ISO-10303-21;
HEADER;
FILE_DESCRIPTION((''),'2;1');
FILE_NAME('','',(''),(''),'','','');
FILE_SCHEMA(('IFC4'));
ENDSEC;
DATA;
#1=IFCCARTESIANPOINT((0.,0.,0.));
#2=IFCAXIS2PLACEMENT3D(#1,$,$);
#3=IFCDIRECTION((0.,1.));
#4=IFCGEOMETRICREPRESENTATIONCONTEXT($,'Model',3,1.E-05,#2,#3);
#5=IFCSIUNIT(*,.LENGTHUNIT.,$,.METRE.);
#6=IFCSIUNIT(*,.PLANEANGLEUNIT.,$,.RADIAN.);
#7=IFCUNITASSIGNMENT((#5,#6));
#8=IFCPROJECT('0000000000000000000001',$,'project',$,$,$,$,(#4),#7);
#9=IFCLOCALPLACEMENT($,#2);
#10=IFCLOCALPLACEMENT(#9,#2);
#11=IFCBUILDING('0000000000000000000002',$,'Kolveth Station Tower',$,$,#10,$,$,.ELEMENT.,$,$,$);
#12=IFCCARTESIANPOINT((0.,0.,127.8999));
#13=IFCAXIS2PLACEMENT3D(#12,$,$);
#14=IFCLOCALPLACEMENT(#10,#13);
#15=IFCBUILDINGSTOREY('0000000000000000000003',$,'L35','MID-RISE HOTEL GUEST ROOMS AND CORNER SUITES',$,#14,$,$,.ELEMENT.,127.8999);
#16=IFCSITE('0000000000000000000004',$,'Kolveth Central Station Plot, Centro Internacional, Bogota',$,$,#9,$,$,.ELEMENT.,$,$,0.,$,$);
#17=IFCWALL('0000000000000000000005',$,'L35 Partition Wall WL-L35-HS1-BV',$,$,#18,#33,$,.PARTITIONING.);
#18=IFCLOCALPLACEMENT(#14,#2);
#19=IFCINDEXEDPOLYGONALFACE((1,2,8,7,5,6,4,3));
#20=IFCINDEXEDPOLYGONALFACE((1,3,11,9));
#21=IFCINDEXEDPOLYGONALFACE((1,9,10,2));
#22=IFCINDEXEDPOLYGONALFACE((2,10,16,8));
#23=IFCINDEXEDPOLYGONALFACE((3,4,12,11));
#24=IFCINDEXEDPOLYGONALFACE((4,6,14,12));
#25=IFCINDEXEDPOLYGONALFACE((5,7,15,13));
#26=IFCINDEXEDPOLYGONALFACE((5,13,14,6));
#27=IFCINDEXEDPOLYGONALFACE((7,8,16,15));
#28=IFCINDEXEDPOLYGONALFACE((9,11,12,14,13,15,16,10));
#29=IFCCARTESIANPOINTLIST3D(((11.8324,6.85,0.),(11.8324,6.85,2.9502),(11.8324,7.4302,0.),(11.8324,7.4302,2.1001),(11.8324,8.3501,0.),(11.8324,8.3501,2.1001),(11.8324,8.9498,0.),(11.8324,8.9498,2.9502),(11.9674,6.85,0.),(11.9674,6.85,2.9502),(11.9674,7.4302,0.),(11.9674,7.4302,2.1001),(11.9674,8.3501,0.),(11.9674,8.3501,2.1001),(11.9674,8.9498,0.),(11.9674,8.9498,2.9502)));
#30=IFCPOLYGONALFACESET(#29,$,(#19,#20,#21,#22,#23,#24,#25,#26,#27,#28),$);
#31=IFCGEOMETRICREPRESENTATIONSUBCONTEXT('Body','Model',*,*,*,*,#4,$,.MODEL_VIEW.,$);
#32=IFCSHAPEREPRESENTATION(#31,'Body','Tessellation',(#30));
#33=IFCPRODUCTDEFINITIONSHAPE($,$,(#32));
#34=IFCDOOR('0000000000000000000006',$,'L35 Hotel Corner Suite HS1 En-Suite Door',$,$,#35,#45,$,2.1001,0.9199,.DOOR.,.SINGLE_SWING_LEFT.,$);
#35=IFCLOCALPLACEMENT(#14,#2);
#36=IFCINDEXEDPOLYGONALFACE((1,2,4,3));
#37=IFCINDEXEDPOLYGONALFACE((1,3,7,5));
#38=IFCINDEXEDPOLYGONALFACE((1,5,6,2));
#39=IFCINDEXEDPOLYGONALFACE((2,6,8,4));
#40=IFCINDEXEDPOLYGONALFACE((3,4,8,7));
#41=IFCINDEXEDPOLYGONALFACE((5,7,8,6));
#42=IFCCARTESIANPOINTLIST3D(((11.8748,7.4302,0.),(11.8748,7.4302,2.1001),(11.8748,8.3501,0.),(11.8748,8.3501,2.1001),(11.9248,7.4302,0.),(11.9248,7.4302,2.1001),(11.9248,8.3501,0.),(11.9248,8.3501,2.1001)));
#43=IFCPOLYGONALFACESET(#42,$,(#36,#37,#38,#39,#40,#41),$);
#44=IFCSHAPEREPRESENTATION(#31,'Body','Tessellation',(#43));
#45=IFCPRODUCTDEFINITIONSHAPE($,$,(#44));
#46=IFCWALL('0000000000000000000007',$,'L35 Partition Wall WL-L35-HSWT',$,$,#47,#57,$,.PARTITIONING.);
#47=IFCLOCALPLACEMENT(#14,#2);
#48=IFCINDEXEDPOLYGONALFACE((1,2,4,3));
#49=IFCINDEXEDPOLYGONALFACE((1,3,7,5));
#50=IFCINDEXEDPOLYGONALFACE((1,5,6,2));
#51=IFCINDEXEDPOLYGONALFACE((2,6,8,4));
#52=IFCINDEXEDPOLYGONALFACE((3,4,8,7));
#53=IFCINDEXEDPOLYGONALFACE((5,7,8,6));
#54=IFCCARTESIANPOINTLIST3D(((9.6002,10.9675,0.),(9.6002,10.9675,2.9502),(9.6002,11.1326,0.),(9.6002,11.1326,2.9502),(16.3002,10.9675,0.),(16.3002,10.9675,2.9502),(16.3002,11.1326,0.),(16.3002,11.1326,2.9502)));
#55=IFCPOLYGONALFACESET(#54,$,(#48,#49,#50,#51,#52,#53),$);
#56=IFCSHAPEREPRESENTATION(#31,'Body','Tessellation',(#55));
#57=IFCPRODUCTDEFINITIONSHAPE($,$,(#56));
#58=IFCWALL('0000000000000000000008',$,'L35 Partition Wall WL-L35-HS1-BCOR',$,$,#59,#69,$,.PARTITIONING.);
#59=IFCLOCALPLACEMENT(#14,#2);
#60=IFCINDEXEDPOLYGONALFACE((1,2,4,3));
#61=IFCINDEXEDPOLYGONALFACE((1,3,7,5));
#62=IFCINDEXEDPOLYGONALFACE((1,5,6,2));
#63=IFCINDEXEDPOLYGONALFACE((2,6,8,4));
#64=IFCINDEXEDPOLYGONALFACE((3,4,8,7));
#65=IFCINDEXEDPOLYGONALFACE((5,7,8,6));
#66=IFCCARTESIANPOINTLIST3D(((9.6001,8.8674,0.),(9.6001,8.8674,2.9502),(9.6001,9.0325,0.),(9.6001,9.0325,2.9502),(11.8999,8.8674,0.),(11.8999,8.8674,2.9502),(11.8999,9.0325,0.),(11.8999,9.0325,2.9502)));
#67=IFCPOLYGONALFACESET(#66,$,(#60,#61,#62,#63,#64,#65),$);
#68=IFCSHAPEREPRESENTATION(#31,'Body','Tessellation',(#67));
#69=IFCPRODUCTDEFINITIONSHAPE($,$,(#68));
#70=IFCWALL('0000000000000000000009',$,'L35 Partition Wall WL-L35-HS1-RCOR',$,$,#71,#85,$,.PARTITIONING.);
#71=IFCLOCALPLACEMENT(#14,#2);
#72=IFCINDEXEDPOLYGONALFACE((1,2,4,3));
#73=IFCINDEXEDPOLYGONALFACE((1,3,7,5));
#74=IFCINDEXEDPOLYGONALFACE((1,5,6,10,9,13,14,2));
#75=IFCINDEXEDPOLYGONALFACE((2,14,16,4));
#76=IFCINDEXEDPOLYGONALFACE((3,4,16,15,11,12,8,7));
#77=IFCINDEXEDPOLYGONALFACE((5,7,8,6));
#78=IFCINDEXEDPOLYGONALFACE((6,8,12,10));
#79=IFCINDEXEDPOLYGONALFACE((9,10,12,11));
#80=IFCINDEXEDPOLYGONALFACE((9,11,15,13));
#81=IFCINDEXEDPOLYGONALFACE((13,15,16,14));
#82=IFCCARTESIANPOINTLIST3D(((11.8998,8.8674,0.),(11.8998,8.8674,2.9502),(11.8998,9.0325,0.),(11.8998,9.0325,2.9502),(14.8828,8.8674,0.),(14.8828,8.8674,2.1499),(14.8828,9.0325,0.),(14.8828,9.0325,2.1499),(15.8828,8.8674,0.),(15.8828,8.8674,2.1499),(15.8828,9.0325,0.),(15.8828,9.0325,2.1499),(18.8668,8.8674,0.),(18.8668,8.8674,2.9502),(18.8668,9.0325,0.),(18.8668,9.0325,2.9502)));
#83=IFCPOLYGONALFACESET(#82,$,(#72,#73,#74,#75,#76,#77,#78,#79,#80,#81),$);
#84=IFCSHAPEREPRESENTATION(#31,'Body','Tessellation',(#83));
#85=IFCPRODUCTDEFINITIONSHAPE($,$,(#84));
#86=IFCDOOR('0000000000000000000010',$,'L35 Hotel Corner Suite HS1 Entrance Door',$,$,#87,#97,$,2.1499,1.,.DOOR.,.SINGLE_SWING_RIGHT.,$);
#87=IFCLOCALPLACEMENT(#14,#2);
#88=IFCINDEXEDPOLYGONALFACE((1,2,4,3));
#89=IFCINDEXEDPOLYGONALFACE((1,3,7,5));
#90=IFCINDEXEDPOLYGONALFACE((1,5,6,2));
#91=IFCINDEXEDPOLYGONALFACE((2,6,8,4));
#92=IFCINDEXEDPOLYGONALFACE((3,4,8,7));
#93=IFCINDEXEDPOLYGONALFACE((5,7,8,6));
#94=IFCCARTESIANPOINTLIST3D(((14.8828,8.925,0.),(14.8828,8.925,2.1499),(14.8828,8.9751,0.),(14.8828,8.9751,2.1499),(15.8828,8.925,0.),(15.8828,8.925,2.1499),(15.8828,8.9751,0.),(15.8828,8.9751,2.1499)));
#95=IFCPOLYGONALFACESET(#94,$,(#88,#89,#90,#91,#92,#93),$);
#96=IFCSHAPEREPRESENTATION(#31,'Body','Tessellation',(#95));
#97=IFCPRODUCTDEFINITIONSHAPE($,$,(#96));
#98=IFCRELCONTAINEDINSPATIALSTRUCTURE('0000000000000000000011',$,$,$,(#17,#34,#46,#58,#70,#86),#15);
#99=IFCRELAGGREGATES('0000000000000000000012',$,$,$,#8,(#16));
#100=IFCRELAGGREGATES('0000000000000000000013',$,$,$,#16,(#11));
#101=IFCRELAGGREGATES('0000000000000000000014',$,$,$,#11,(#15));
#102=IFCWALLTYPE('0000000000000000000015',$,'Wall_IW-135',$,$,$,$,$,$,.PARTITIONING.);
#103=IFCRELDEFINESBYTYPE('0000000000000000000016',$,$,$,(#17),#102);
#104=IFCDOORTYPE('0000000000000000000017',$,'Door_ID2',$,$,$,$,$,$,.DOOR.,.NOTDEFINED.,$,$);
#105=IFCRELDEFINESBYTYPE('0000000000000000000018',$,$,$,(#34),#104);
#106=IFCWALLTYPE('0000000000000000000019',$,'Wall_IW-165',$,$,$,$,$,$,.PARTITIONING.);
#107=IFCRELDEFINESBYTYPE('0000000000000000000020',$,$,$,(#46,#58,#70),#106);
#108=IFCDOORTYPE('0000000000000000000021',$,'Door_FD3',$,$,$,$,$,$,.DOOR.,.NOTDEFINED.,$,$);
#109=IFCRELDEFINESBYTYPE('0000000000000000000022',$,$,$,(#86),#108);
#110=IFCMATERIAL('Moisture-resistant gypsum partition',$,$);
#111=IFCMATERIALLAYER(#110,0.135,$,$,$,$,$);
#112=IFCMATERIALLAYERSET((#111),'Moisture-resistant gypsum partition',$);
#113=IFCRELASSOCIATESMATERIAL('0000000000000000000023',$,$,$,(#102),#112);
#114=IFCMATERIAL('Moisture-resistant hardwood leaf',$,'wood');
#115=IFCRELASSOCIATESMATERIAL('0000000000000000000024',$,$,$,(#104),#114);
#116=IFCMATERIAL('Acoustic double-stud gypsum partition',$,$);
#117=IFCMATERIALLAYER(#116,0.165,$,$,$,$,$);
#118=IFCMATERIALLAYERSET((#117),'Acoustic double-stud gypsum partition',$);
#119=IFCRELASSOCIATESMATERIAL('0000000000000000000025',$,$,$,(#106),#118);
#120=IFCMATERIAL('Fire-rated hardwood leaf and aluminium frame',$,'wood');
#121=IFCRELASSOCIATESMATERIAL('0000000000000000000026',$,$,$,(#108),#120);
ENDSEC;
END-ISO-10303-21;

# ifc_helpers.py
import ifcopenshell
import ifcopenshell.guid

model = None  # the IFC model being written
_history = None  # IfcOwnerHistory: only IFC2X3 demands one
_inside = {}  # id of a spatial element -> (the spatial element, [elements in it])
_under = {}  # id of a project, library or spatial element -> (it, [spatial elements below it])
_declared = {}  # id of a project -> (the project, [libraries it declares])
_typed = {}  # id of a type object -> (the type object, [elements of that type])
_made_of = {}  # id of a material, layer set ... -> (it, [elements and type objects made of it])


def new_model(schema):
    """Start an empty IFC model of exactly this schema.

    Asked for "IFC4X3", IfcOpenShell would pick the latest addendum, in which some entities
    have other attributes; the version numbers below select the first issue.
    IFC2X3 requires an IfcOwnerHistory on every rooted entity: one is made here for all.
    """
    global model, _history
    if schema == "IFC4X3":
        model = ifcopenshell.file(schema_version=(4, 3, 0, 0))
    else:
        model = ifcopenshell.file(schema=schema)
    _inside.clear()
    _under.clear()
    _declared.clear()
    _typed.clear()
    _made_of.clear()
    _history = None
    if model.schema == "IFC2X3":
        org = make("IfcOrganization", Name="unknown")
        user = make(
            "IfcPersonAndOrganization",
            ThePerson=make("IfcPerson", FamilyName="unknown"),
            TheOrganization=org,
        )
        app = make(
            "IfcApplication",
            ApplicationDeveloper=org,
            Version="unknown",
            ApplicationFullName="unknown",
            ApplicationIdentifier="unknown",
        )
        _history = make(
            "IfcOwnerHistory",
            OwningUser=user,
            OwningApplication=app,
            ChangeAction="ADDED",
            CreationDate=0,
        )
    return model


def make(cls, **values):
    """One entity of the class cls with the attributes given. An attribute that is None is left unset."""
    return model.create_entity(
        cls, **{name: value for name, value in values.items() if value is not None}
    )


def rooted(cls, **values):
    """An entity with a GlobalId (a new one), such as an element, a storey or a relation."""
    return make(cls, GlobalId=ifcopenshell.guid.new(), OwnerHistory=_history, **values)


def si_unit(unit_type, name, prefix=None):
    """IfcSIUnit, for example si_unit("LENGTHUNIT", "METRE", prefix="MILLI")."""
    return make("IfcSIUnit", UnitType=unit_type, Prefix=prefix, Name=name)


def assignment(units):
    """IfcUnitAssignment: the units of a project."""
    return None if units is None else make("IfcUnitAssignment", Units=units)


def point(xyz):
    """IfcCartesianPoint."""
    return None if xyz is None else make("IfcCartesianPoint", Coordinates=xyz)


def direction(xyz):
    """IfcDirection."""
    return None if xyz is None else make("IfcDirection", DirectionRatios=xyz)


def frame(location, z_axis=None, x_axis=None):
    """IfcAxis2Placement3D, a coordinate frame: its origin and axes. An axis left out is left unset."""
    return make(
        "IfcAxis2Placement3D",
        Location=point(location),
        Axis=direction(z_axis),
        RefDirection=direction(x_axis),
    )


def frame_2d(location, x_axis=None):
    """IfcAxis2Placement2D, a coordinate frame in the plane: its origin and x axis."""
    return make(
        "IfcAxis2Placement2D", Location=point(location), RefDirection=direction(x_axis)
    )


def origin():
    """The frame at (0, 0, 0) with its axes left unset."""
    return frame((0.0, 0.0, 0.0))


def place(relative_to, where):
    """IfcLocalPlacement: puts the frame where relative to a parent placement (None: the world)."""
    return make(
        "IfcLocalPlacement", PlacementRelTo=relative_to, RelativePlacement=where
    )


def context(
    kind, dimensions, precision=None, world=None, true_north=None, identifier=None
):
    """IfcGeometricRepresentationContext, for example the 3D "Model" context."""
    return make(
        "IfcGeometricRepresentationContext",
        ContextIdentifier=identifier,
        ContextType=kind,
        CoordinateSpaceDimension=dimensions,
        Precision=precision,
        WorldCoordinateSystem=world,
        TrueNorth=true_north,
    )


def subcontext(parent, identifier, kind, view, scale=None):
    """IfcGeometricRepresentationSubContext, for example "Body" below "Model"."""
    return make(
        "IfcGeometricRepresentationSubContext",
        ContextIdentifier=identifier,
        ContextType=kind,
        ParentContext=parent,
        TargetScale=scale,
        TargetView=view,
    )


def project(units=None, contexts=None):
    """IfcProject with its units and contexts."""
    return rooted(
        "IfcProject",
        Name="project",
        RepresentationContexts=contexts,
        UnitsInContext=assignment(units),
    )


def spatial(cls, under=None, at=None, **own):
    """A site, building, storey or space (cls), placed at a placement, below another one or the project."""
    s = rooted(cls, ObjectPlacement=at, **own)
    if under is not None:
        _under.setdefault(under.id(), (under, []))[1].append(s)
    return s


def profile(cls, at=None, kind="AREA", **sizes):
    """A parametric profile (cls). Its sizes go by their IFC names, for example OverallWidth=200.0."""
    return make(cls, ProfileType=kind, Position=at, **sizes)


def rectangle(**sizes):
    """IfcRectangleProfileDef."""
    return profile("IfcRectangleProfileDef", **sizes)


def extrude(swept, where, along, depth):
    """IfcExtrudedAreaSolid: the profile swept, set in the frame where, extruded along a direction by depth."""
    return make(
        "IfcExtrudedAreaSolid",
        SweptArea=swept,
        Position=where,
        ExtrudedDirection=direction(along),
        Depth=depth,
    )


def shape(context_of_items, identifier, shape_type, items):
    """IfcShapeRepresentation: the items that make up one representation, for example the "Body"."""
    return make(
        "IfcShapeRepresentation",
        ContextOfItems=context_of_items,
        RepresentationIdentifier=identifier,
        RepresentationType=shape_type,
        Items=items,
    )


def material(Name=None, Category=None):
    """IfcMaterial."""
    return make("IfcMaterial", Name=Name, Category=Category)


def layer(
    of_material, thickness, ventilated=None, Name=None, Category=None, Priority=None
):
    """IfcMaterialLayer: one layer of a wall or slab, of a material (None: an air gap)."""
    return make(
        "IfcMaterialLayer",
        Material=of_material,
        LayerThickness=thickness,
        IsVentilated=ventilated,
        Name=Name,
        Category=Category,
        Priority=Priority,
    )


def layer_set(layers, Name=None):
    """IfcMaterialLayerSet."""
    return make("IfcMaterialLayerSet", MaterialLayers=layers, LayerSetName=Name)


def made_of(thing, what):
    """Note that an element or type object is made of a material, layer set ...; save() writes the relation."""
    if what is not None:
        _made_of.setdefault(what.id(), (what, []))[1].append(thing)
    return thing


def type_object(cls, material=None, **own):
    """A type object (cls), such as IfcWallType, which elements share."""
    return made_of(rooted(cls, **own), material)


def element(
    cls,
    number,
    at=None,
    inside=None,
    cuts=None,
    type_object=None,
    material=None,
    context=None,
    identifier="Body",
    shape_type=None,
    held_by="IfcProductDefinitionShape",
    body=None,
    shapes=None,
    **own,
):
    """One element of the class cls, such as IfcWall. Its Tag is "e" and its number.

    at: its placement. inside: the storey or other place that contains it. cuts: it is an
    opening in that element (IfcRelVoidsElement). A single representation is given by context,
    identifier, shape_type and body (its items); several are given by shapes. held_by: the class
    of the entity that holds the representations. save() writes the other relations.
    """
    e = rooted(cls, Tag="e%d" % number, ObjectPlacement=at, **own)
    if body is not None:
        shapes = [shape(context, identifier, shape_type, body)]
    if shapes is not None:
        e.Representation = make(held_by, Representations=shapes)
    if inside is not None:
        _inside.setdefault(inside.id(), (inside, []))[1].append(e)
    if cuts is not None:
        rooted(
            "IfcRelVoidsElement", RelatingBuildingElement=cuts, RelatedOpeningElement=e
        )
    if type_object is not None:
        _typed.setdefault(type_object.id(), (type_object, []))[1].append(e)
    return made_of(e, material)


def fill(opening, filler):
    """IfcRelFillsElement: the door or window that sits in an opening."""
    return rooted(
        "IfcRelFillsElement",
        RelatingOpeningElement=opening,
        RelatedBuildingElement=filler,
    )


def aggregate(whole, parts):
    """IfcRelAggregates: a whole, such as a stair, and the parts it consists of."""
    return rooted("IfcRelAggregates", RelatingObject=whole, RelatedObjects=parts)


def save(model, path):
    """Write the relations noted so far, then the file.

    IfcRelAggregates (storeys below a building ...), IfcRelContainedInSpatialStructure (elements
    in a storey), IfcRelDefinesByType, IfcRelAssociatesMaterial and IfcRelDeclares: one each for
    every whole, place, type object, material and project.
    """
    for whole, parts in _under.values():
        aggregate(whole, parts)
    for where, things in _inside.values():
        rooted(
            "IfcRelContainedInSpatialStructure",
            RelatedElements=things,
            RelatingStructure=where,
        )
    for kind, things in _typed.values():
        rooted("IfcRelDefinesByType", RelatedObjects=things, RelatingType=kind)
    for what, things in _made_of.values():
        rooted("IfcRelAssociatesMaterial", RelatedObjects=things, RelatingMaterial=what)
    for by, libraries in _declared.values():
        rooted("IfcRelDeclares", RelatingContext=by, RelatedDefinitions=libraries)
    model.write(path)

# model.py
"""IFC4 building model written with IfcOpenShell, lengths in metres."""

from ifc_helpers import new_model, si_unit, direction, frame, frame_2d, origin, place, context, subcontext, project, spatial, rectangle, extrude, material, layer, layer_set, type_object, element, fill, save


model = new_model("IFC4")

# Units and contexts
model_context = context("Model", 3, precision=1e-05, world=origin(), true_north=direction((0.0, 1.0)))
body_context = subcontext(model_context, "Body", "Model", "MODEL_VIEW")
ifc_project = project(units=[si_unit("LENGTHUNIT", "METRE"), si_unit("PLANEANGLEUNIT", "RADIAN")], contexts=[model_context])

# Site, building, storey
site_placement = place(None, origin())
site = spatial("IfcSite", under=ifc_project, at=site_placement, Name="Kolveth Central Station Plot, Centro Internacional, Bogota", CompositionType="ELEMENT", RefElevation=0.0)
building_placement = place(site_placement, origin())
building = spatial("IfcBuilding", under=site, at=building_placement, Name="Kolveth Station Tower", CompositionType="ELEMENT")
storey_placement = place(building_placement, frame((0.0, 0.0, 127.8999)))
storey = spatial("IfcBuildingStorey", under=building, at=storey_placement, Name="L35", Description="MID-RISE HOTEL GUEST ROOMS AND CORNER SUITES", CompositionType="ELEMENT", Elevation=127.8999)

# Wall, opening, door
ifc_material_1 = material(Name="Moisture-resistant gypsum partition")
ifc_layer_1 = layer(ifc_material_1, 0.135)
ifc_layer_set_1 = layer_set([ifc_layer_1], Name="Moisture-resistant gypsum partition")
wall_type_1 = type_object("IfcWallType", Name="Wall_IW-135", PredefinedType="PARTITIONING", material=ifc_layer_set_1)
wall_1_placement = place(storey_placement, frame((11.8999, 6.8501, 0.0), z_axis=(0.0, 0.0, 1.0), x_axis=(0.0, 1.0, 0.0)))
wall_1 = element("IfcWall", 1, at=wall_1_placement, inside=storey, type_object=wall_type_1, Name="L35 Partition Wall WL-L35-HS1-BV", PredefinedType="PARTITIONING", context=body_context, shape_type="SweptSolid", body=[
    extrude(rectangle(XDim=2.0999, YDim=0.135, at=frame_2d((1.0498, 0.0))), origin(), (0.0, 0.0, 1.0), 2.9502),
])
opening_1_placement = place(wall_1_placement, frame((0.5801, 0.0, 0.0)))
opening_1 = element("IfcOpeningElement", 2, at=opening_1_placement, cuts=wall_1, PredefinedType="OPENING", context=body_context, shape_type="SweptSolid", body=[
    extrude(rectangle(XDim=0.9199, YDim=2.1001, at=frame_2d((0.46, 1.05))), frame((0.0, 0.0774, 0.0), z_axis=(0.0, -1.0, 0.0), x_axis=(1.0, 0.0, 0.0)), (0.0, 0.0, 1.0), 0.155),
])
ifc_material_2 = material(Name="Moisture-resistant hardwood leaf", Category="wood")
door_type_1 = type_object("IfcDoorType", Name="Door_ID2", OperationType="NOTDEFINED", PredefinedType="DOOR", material=ifc_material_2)
door_1_placement = place(opening_1_placement, frame((0.9199, 0.0, 0.0), z_axis=(0.0, 0.0, 1.0), x_axis=(-1.0, 0.0, 0.0)))
door_1 = element("IfcDoor", 3, at=door_1_placement, inside=storey, type_object=door_type_1, Name="L35 Hotel Corner Suite HS1 En-Suite Door", OperationType="SINGLE_SWING_LEFT", OverallHeight=2.1001, OverallWidth=0.9199, PredefinedType="DOOR", context=body_context, shape_type="SweptSolid", body=[
    extrude(rectangle(XDim=0.9199, YDim=2.1001, at=frame_2d((0.46, 1.05))), frame((0.0, 0.0249, 0.0), z_axis=(0.0, -1.0, 0.0), x_axis=(1.0, 0.0, 0.0)), (0.0, 0.0, 1.0), 0.05),
])
fill(opening_1, door_1)

# Walls
ifc_material_3 = material(Name="Acoustic double-stud gypsum partition")
ifc_layer_2 = layer(ifc_material_3, 0.165)
ifc_layer_set_2 = layer_set([ifc_layer_2], Name="Acoustic double-stud gypsum partition")
wall_type_2 = type_object("IfcWallType", Name="Wall_IW-165", PredefinedType="PARTITIONING", material=ifc_layer_set_2)
wall_2_placement = place(storey_placement, frame((9.6001, 11.05, 0.0), z_axis=(0.0, 0.0, 1.0), x_axis=(1.0, 0.0, 0.0)))
element("IfcWall", 4, at=wall_2_placement, inside=storey, type_object=wall_type_2, Name="L35 Partition Wall WL-L35-HSWT", PredefinedType="PARTITIONING", context=body_context, shape_type="SweptSolid", body=[
    extrude(rectangle(XDim=6.7, YDim=0.165, at=frame_2d((3.3501, 0.0))), origin(), (0.0, 0.0, 1.0), 2.9502),
])
wall_3_placement = place(storey_placement, frame((9.6001, 8.95, 0.0), z_axis=(0.0, 0.0, 1.0), x_axis=(1.0, 0.0, 0.0)))
element("IfcWall", 5, at=wall_3_placement, inside=storey, type_object=wall_type_2, Name="L35 Partition Wall WL-L35-HS1-BCOR", PredefinedType="PARTITIONING", context=body_context, shape_type="SweptSolid", body=[
    extrude(rectangle(XDim=2.2998, YDim=0.165, at=frame_2d((1.1499, 0.0))), origin(), (0.0, 0.0, 1.0), 2.9502),
])

# Wall, opening, door
wall_4_placement = place(storey_placement, frame((11.8999, 8.95, 0.0), z_axis=(0.0, 0.0, 1.0), x_axis=(1.0, 0.0, 0.0)))
wall_4 = element("IfcWall", 6, at=wall_4_placement, inside=storey, type_object=wall_type_2, Name="L35 Partition Wall WL-L35-HS1-RCOR", PredefinedType="PARTITIONING", context=body_context, shape_type="SweptSolid", body=[
    extrude(rectangle(XDim=6.967, YDim=0.165, at=frame_2d((3.4834, 0.0))), origin(), (0.0, 0.0, 1.0), 2.9502),
])
opening_2_placement = place(wall_4_placement, frame((2.9829, 0.0, 0.0)))
opening_2 = element("IfcOpeningElement", 7, at=opening_2_placement, cuts=wall_4, PredefinedType="OPENING", context=body_context, shape_type="SweptSolid", body=[
    extrude(rectangle(XDim=1.0, YDim=2.1499, at=frame_2d((0.5, 1.075))), frame((0.0, 0.0925, 0.0), z_axis=(0.0, -1.0, 0.0), x_axis=(1.0, 0.0, 0.0)), (0.0, 0.0, 1.0), 0.1851),
])
ifc_material_4 = material(Name="Fire-rated hardwood leaf and aluminium frame", Category="wood")
door_type_2 = type_object("IfcDoorType", Name="Door_FD3", OperationType="NOTDEFINED", PredefinedType="DOOR", material=ifc_material_4)
door_2_placement = place(opening_2_placement, frame((1.0, 0.0, 0.0), z_axis=(0.0, 0.0, 1.0), x_axis=(-1.0, 0.0, 0.0)))
door_2 = element("IfcDoor", 8, at=door_2_placement, inside=storey, type_object=door_type_2, Name="L35 Hotel Corner Suite HS1 Entrance Door", OperationType="SINGLE_SWING_RIGHT", OverallHeight=2.1499, OverallWidth=1.0, PredefinedType="DOOR", context=body_context, shape_type="SweptSolid", body=[
    extrude(rectangle(XDim=1.0, YDim=2.1499, at=frame_2d((0.5, 1.075))), frame((0.0, 0.0249, 0.0), z_axis=(0.0, -1.0, 0.0), x_axis=(1.0, 0.0, 0.0)), (0.0, 0.0, 1.0), 0.05),
])
fill(opening_2, door_2)

save(model, "model.ifc")
